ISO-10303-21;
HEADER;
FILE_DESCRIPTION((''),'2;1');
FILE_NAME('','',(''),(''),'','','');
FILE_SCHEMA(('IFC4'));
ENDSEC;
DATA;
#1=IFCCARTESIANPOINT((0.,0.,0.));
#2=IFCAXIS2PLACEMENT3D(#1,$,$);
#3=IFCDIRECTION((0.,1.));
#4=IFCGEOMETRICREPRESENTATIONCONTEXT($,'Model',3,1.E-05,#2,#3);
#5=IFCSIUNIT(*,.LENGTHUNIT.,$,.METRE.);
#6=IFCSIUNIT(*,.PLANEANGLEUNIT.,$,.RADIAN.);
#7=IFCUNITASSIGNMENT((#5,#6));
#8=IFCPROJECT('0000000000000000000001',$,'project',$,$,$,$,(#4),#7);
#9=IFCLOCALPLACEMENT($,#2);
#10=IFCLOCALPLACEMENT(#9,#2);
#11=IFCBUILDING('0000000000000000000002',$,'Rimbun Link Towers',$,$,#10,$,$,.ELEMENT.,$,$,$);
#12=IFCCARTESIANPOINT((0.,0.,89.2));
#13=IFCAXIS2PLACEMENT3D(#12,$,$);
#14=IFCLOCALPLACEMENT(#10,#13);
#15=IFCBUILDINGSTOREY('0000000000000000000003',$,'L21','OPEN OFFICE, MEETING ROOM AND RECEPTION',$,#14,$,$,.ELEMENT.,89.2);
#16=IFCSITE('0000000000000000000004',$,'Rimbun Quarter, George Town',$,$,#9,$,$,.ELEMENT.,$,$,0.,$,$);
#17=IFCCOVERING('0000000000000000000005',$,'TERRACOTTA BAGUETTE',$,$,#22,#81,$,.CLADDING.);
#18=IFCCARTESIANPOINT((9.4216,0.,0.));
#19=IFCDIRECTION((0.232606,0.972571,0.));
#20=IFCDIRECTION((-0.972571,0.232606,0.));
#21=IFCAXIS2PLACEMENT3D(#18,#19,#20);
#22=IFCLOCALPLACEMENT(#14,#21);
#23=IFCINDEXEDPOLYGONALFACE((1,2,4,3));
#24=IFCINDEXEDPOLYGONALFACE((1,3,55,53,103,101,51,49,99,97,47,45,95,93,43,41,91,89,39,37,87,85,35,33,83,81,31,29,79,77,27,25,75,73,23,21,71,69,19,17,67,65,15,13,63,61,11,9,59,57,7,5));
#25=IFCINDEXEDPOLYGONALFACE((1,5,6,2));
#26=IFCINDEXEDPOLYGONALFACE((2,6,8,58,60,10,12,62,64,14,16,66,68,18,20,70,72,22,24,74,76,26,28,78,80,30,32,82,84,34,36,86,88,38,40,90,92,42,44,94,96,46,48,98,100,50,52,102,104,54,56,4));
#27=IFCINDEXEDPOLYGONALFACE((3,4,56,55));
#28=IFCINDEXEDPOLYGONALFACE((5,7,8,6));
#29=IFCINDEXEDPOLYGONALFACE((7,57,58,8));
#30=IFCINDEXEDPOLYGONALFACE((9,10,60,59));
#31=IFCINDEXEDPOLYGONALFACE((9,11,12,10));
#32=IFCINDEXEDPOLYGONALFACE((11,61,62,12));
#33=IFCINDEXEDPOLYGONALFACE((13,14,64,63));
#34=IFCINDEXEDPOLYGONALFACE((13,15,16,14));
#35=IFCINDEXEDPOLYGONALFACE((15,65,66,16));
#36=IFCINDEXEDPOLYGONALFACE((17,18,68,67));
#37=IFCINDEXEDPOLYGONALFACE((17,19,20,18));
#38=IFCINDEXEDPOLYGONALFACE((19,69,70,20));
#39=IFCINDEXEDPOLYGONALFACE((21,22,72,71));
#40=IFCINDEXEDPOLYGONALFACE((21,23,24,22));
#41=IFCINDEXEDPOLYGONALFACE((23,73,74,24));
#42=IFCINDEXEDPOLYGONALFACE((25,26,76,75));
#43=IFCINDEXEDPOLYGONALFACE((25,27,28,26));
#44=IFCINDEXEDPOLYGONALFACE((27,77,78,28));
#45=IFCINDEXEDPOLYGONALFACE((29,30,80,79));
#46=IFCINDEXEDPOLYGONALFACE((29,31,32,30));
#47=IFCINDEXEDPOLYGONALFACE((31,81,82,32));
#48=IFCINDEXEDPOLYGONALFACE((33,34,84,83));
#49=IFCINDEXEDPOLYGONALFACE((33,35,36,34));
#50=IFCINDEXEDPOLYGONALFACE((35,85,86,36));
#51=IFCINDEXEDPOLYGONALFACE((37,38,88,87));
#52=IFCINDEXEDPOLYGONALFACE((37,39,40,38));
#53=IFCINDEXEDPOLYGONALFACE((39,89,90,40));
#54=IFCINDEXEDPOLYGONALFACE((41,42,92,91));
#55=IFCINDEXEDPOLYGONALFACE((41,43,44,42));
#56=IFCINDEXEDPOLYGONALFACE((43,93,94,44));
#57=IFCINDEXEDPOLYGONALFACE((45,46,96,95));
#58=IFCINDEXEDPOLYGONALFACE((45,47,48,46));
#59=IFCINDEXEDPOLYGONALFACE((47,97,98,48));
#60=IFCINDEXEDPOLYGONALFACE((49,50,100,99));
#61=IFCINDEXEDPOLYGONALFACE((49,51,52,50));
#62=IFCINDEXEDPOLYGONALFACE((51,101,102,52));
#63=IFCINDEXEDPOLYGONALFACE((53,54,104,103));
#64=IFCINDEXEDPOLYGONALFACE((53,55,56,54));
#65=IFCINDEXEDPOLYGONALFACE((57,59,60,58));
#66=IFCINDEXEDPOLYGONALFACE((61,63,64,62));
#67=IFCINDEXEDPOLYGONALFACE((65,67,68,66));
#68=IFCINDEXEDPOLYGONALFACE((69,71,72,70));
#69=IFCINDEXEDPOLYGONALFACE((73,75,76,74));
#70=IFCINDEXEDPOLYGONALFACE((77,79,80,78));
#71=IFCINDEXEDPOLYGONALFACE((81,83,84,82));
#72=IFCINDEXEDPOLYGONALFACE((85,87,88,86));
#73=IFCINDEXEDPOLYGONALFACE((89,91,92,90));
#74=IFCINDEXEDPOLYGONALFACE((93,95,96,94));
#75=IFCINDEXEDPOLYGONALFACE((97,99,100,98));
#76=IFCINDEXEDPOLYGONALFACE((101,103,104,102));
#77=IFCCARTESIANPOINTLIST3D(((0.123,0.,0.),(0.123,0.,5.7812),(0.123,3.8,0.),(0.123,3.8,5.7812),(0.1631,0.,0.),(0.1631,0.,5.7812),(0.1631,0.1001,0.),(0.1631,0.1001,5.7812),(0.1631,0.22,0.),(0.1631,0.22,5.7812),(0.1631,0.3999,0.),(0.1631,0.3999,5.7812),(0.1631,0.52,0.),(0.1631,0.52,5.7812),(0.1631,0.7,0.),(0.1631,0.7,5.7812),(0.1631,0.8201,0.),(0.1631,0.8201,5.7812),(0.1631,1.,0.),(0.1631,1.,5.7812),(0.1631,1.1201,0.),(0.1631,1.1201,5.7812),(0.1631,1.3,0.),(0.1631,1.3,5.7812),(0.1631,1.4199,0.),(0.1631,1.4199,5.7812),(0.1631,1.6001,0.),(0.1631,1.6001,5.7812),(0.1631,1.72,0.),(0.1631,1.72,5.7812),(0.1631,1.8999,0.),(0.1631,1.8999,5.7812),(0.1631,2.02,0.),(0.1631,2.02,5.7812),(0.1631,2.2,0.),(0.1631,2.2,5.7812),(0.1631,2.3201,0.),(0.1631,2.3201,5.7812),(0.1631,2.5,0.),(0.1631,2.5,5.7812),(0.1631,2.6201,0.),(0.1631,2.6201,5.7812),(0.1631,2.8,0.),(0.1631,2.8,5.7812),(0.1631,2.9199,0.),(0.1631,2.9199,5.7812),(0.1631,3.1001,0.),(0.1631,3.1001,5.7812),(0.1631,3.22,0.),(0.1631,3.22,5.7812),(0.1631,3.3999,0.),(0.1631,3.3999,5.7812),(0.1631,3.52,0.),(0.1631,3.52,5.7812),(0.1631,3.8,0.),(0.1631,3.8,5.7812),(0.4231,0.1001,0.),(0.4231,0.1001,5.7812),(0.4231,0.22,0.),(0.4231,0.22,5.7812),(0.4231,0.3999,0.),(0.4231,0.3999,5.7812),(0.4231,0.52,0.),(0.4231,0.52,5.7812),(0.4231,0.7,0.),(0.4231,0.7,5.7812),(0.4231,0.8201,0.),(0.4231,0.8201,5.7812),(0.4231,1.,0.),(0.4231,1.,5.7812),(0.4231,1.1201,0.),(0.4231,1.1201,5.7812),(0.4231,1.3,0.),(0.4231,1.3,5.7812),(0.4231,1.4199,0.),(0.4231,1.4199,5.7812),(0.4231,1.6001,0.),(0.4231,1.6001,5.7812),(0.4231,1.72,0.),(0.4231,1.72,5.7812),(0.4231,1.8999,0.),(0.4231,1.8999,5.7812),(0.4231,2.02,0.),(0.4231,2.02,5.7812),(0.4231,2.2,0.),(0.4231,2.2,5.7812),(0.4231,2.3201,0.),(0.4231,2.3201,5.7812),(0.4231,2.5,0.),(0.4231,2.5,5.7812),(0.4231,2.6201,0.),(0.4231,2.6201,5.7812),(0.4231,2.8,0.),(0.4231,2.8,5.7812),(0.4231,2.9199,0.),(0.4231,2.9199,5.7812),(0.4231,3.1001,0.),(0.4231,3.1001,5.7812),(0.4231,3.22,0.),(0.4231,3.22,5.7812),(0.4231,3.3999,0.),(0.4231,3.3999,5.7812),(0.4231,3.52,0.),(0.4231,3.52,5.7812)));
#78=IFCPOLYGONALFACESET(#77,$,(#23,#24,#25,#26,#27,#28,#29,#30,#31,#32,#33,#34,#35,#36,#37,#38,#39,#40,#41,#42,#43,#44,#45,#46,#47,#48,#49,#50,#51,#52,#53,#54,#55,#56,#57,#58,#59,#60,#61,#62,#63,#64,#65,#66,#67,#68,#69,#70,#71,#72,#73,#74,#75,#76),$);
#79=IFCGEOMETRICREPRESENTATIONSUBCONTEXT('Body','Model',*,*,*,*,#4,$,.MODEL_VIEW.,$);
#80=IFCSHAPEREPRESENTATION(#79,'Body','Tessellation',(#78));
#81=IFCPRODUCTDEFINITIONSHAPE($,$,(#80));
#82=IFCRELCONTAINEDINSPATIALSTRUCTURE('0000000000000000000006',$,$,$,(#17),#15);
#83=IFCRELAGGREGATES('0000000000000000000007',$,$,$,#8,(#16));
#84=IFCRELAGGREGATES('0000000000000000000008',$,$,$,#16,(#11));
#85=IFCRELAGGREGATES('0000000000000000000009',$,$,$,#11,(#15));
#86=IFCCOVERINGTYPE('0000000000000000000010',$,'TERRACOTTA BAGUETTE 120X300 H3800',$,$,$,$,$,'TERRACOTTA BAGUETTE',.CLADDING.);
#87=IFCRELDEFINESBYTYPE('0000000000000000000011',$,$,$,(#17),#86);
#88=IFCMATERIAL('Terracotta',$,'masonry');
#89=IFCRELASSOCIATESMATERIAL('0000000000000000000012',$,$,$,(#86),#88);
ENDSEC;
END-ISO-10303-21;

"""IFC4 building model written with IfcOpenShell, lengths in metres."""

from ifc_helpers import new_model, si_unit, direction, frame, origin, place, context, subcontext, project, spatial, polyline, outline, extrude, material, material_profile, profile_set, type_object, element, save


model = new_model("IFC4")

# Units and contexts
model_context = context("Model", 3, precision=1e-05, world=origin(), true_north=direction((0.0, 1.0)))
body_context = subcontext(model_context, "Body", "Model", "MODEL_VIEW")
ifc_project = project(units=[si_unit("LENGTHUNIT", "METRE"), si_unit("PLANEANGLEUNIT", "RADIAN")], contexts=[model_context])

# Site, building, storey
site_placement = place(None, origin())
site = spatial("IfcSite", under=ifc_project, at=site_placement, Name="Rimbun Quarter, George Town", CompositionType="ELEMENT", RefElevation=0.0)
building_placement = place(site_placement, origin())
building = spatial("IfcBuilding", under=site, at=building_placement, Name="Rimbun Link Towers", CompositionType="ELEMENT")
storey_placement = place(building_placement, frame((0.0, 0.0, 89.2)))
storey = spatial("IfcBuildingStorey", under=building, at=storey_placement, Name="L21", Description="OPEN OFFICE, MEETING ROOM AND RECEPTION", CompositionType="ELEMENT", Elevation=89.2)

# Covering
ifc_material_1 = material(Name="Terracotta", Category="masonry")
ifc_material_profile_1 = material_profile(ifc_material_1, outline(polyline([(0.123, 0.0), (0.1631, 0.0), (0.1631, 0.1001), (0.4231, 0.1001), (0.4231, 0.22), (0.1631, 0.22), (0.1631, 0.3999), (0.4231, 0.3999), (0.4231, 0.52), (0.1631, 0.52), (0.1631, 0.7), (0.4231, 0.7), (0.4231, 0.8201), (0.1631, 0.8201), (0.1631, 1.0), (0.4231, 1.0), (0.4231, 1.1201), (0.1631, 1.1201), (0.1631, 1.3), (0.4231, 1.3), (0.4231, 1.4199), (0.1631, 1.4199), (0.1631, 1.6001), (0.4231, 1.6001), (0.4231, 1.72), (0.1631, 1.72), (0.1631, 1.8999), (0.4231, 1.8999), (0.4231, 2.02), (0.1631, 2.02), (0.1631, 2.2), (0.4231, 2.2), (0.4231, 2.3201), (0.1631, 2.3201), (0.1631, 2.5), (0.4231, 2.5), (0.4231, 2.6201), (0.1631, 2.6201), (0.1631, 2.8), (0.4231, 2.8), (0.4231, 2.9199), (0.1631, 2.9199), (0.1631, 3.1001), (0.4231, 3.1001), (0.4231, 3.22), (0.1631, 3.22), (0.1631, 3.3999), (0.4231, 3.3999), (0.4231, 3.52), (0.1631, 3.52), (0.1631, 3.8), (0.123, 3.8), (0.123, 0.0)])), Name="BAGUETTE 120X300")
ifc_profile_set_1 = profile_set([ifc_material_profile_1], Name="Terracotta")
covering_type_1 = type_object("IfcCoveringType", Name="TERRACOTTA BAGUETTE 120X300 H3800", ElementType="TERRACOTTA BAGUETTE", PredefinedType="CLADDING", material=ifc_profile_set_1)
covering_1_placement = place(storey_placement, frame((9.4216, 0.0, 0.0), z_axis=(0.232606, 0.972571, 0.0), x_axis=(-0.972571, 0.232606, 0.0)))
element("IfcCovering", 1, at=covering_1_placement, inside=storey, type_object=covering_type_1, Name="TERRACOTTA BAGUETTE", PredefinedType="CLADDING", context=body_context, shape_type="SweptSolid", body=[
    extrude(outline(polyline([(0.123, 0.0), (0.1631, 0.0), (0.1631, 0.1001), (0.4231, 0.1001), (0.4231, 0.22), (0.1631, 0.22), (0.1631, 0.3999), (0.4231, 0.3999), (0.4231, 0.52), (0.1631, 0.52), (0.1631, 0.7), (0.4231, 0.7), (0.4231, 0.8201), (0.1631, 0.8201), (0.1631, 1.0), (0.4231, 1.0), (0.4231, 1.1201), (0.1631, 1.1201), (0.1631, 1.3), (0.4231, 1.3), (0.4231, 1.4199), (0.1631, 1.4199), (0.1631, 1.6001), (0.4231, 1.6001), (0.4231, 1.72), (0.1631, 1.72), (0.1631, 1.8999), (0.4231, 1.8999), (0.4231, 2.02), (0.1631, 2.02), (0.1631, 2.2), (0.4231, 2.2), (0.4231, 2.3201), (0.1631, 2.3201), (0.1631, 2.5), (0.4231, 2.5), (0.4231, 2.6201), (0.1631, 2.6201), (0.1631, 2.8), (0.4231, 2.8), (0.4231, 2.9199), (0.1631, 2.9199), (0.1631, 3.1001), (0.4231, 3.1001), (0.4231, 3.22), (0.1631, 3.22), (0.1631, 3.3999), (0.4231, 3.3999), (0.4231, 3.52), (0.1631, 3.52), (0.1631, 3.8), (0.123, 3.8), (0.123, 0.0)])), origin(), (0.0, 0.0, 1.0), 5.7812),
])

save(model, "model.ifc")
